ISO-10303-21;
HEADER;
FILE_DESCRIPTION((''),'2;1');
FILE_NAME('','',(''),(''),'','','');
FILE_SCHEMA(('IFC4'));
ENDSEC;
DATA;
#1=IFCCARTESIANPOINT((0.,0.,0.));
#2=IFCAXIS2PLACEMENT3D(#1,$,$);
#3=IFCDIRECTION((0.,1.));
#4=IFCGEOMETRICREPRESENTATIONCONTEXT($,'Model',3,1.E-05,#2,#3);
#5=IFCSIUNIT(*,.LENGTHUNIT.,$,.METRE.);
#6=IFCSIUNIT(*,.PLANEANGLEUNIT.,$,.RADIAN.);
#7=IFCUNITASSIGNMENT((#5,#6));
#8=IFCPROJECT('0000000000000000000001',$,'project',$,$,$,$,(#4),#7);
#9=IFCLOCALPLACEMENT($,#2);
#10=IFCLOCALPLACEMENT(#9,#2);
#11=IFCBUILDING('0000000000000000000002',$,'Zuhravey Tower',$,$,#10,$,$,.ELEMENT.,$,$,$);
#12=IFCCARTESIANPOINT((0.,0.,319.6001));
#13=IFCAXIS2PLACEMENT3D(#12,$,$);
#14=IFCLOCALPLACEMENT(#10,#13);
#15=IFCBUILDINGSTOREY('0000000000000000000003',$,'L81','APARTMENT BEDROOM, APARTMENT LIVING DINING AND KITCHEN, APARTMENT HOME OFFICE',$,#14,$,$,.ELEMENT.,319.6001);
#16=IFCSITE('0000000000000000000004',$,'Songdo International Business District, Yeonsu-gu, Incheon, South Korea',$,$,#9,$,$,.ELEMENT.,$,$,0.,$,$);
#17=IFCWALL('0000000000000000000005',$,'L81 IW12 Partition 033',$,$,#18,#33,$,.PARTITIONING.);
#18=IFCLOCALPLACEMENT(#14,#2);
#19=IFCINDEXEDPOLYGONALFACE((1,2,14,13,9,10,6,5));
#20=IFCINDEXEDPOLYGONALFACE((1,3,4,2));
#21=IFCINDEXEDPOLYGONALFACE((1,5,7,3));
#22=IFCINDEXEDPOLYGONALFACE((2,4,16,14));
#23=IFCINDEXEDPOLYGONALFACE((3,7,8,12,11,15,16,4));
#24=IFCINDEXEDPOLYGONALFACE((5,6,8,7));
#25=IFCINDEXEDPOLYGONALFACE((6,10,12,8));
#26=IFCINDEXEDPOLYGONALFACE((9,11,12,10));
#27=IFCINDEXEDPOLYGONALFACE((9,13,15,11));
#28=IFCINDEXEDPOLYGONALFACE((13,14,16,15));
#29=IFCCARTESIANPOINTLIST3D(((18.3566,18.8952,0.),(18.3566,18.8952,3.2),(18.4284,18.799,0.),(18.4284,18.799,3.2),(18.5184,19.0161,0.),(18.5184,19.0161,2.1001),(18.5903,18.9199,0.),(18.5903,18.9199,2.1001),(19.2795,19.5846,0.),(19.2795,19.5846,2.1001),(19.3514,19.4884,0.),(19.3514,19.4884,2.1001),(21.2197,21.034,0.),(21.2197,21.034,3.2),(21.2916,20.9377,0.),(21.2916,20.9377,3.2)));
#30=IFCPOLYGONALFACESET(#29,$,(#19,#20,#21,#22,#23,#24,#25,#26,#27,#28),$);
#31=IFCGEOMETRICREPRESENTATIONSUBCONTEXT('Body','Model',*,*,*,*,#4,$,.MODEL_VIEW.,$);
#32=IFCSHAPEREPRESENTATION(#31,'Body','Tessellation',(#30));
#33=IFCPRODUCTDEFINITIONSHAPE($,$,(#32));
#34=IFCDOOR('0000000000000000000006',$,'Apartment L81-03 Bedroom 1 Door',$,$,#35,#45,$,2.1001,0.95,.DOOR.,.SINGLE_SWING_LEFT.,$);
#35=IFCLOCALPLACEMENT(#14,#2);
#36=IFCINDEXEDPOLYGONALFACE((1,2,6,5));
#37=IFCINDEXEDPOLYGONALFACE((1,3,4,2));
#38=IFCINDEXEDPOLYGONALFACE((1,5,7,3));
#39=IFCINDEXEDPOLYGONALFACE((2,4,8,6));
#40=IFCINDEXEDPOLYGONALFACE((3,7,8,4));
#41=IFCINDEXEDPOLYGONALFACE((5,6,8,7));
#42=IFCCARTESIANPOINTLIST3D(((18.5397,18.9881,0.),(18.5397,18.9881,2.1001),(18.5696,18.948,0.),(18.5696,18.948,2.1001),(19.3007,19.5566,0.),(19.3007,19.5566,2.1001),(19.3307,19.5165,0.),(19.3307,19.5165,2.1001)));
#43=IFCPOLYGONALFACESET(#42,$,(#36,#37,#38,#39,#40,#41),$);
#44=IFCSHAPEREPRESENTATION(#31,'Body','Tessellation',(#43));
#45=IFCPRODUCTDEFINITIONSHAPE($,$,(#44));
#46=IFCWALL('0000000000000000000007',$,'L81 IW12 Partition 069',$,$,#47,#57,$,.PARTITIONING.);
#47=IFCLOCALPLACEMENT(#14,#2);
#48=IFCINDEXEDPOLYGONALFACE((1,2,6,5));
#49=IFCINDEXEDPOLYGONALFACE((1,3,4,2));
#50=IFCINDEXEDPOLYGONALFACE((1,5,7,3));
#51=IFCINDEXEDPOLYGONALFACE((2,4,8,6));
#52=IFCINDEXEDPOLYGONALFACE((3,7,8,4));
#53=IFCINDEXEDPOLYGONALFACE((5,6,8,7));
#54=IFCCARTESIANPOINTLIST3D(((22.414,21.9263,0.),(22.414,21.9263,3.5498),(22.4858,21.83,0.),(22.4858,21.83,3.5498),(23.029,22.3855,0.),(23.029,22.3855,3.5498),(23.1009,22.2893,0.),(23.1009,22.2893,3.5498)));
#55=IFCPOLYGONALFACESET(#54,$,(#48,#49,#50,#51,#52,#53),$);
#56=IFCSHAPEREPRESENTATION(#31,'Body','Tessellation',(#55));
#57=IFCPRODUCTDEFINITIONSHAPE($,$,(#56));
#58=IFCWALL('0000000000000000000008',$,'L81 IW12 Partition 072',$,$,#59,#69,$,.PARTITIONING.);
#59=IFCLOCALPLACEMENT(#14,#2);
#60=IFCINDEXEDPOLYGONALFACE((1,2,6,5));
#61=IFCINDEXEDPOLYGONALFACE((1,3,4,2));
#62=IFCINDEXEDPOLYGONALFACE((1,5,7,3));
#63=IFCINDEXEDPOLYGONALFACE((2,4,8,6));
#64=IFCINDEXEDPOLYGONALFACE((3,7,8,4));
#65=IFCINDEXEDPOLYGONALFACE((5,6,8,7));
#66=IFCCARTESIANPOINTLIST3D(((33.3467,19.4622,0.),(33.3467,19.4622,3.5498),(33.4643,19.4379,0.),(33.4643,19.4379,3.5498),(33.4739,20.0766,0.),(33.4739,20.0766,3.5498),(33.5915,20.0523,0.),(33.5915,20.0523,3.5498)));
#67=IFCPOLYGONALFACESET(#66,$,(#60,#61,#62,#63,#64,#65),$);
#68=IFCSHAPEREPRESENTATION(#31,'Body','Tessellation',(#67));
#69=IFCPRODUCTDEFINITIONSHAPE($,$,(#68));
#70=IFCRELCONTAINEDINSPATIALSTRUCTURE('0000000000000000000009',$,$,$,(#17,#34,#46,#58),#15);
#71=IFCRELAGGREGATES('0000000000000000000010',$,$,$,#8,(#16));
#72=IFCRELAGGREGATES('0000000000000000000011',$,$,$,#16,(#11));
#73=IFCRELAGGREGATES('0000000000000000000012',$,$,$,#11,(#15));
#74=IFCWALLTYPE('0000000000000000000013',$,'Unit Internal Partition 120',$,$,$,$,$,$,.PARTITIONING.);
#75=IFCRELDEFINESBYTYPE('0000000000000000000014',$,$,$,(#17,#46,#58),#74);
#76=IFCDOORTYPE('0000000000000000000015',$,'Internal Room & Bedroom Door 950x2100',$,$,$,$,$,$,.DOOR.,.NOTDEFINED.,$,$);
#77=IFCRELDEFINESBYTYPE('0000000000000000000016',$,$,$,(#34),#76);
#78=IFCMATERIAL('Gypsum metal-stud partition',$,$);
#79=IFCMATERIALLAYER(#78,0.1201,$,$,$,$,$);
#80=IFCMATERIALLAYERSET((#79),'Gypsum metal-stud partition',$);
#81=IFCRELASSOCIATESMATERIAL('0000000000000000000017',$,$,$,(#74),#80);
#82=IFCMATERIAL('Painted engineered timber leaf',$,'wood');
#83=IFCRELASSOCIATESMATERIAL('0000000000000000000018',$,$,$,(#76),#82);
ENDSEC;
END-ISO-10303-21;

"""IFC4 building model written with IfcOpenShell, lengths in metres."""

from ifc_helpers import new_model, si_unit, direction, frame, frame_2d, origin, place, context, subcontext, project, spatial, rectangle, extrude, material, layer, layer_set, type_object, element, fill, save


model = new_model("IFC4")

# Units and contexts
model_context = context("Model", 3, precision=1e-05, world=origin(), true_north=direction((0.0, 1.0)))
body_context = subcontext(model_context, "Body", "Model", "MODEL_VIEW")
ifc_project = project(units=[si_unit("LENGTHUNIT", "METRE"), si_unit("PLANEANGLEUNIT", "RADIAN")], contexts=[model_context])

# Site, building, storey
site_placement = place(None, origin())
site = spatial("IfcSite", under=ifc_project, at=site_placement, Name="Songdo International Business District, Yeonsu-gu, Incheon, South Korea", CompositionType="ELEMENT", RefElevation=0.0)
building_placement = place(site_placement, origin())
building = spatial("IfcBuilding", under=site, at=building_placement, Name="Zuhravey Tower", CompositionType="ELEMENT")
storey_placement = place(building_placement, frame((0.0, 0.0, 319.6001)))
storey = spatial("IfcBuildingStorey", under=building, at=storey_placement, Name="L81", Description="APARTMENT BEDROOM, APARTMENT LIVING DINING AND KITCHEN, APARTMENT HOME OFFICE", CompositionType="ELEMENT", Elevation=319.6001)

# Wall, opening, door
ifc_material_1 = material(Name="Gypsum metal-stud partition")
ifc_layer_1 = layer(ifc_material_1, 0.1201)
ifc_layer_set_1 = layer_set([ifc_layer_1], Name="Gypsum metal-stud partition")
wall_type_1 = type_object("IfcWallType", Name="Unit Internal Partition 120", PredefinedType="PARTITIONING", material=ifc_layer_set_1)
wall_1_placement = place(storey_placement, frame((21.2556, 20.9858, 0.0), z_axis=(0.0, 0.0, 1.0), x_axis=(-0.801154, -0.598458, 0.0)))
wall_1 = element("IfcWall", 1, at=wall_1_placement, inside=storey, type_object=wall_type_1, Name="L81 IW12 Partition 033", PredefinedType="PARTITIONING", context=body_context, shape_type="SweptSolid", body=[
    extrude(rectangle(XDim=3.5737, YDim=0.1201, at=frame_2d((1.7869, 0.0))), origin(), (0.0, 0.0, 1.0), 3.2),
])
opening_1_placement = place(wall_1_placement, frame((2.4216, 0.0, 0.0)))
opening_1 = element("IfcOpeningElement", 2, at=opening_1_placement, cuts=wall_1, PredefinedType="OPENING", context=body_context, shape_type="SweptSolid", body=[
    extrude(rectangle(XDim=0.95, YDim=2.1001, at=frame_2d((0.4751, 1.05))), frame((0.0, 0.072, 0.0), z_axis=(0.0, -1.0, 0.0), x_axis=(1.0, 0.0, 0.0)), (0.0, 0.0, 1.0), 0.144),
])
ifc_material_2 = material(Name="Painted engineered timber leaf", Category="wood")
door_type_1 = type_object("IfcDoorType", Name="Internal Room & Bedroom Door 950x2100", OperationType="NOTDEFINED", PredefinedType="DOOR", material=ifc_material_2)
door_1_placement = place(opening_1_placement, frame((0.95, 0.0, 0.0), z_axis=(0.0, 0.0, 1.0), x_axis=(-1.0, 0.0, 0.0)))
door_1 = element("IfcDoor", 3, at=door_1_placement, inside=storey, type_object=door_type_1, Name="Apartment L81-03 Bedroom 1 Door", OperationType="SINGLE_SWING_LEFT", OverallHeight=2.1001, OverallWidth=0.95, PredefinedType="DOOR", context=body_context, shape_type="SweptSolid", body=[
    extrude(rectangle(XDim=0.95, YDim=2.1001, at=frame_2d((0.4751, 1.05))), frame((0.0, 0.0249, 0.0), z_axis=(0.0, -1.0, 0.0), x_axis=(1.0, 0.0, 0.0)), (0.0, 0.0, 1.0), 0.05),
])
fill(opening_1, door_1)

# Walls
wall_2_placement = place(storey_placement, frame((23.0649, 22.3374, 0.0), z_axis=(0.0, 0.0, 1.0), x_axis=(-0.801258, -0.598319, 0.0)))
element("IfcWall", 4, at=wall_2_placement, inside=storey, type_object=wall_type_1, Name="L81 IW12 Partition 069", PredefinedType="PARTITIONING", context=body_context, shape_type="SweptSolid", body=[
    extrude(rectangle(XDim=0.7676, YDim=0.1201, at=frame_2d((0.3838, 0.0))), origin(), (0.0, 0.0, 1.0), 3.5498),
])
wall_3_placement = place(storey_placement, frame((33.5327, 20.0645, 0.0), z_axis=(0.0, 0.0, 1.0), x_axis=(-0.202696, -0.979242, 0.0)))
element("IfcWall", 5, at=wall_3_placement, inside=storey, type_object=wall_type_1, Name="L81 IW12 Partition 072", PredefinedType="PARTITIONING", context=body_context, shape_type="SweptSolid", body=[
    extrude(rectangle(XDim=0.6274, YDim=0.1201, at=frame_2d((0.3137, 0.0))), origin(), (0.0, 0.0, 1.0), 3.5498),
])

save(model, "model.ifc")
